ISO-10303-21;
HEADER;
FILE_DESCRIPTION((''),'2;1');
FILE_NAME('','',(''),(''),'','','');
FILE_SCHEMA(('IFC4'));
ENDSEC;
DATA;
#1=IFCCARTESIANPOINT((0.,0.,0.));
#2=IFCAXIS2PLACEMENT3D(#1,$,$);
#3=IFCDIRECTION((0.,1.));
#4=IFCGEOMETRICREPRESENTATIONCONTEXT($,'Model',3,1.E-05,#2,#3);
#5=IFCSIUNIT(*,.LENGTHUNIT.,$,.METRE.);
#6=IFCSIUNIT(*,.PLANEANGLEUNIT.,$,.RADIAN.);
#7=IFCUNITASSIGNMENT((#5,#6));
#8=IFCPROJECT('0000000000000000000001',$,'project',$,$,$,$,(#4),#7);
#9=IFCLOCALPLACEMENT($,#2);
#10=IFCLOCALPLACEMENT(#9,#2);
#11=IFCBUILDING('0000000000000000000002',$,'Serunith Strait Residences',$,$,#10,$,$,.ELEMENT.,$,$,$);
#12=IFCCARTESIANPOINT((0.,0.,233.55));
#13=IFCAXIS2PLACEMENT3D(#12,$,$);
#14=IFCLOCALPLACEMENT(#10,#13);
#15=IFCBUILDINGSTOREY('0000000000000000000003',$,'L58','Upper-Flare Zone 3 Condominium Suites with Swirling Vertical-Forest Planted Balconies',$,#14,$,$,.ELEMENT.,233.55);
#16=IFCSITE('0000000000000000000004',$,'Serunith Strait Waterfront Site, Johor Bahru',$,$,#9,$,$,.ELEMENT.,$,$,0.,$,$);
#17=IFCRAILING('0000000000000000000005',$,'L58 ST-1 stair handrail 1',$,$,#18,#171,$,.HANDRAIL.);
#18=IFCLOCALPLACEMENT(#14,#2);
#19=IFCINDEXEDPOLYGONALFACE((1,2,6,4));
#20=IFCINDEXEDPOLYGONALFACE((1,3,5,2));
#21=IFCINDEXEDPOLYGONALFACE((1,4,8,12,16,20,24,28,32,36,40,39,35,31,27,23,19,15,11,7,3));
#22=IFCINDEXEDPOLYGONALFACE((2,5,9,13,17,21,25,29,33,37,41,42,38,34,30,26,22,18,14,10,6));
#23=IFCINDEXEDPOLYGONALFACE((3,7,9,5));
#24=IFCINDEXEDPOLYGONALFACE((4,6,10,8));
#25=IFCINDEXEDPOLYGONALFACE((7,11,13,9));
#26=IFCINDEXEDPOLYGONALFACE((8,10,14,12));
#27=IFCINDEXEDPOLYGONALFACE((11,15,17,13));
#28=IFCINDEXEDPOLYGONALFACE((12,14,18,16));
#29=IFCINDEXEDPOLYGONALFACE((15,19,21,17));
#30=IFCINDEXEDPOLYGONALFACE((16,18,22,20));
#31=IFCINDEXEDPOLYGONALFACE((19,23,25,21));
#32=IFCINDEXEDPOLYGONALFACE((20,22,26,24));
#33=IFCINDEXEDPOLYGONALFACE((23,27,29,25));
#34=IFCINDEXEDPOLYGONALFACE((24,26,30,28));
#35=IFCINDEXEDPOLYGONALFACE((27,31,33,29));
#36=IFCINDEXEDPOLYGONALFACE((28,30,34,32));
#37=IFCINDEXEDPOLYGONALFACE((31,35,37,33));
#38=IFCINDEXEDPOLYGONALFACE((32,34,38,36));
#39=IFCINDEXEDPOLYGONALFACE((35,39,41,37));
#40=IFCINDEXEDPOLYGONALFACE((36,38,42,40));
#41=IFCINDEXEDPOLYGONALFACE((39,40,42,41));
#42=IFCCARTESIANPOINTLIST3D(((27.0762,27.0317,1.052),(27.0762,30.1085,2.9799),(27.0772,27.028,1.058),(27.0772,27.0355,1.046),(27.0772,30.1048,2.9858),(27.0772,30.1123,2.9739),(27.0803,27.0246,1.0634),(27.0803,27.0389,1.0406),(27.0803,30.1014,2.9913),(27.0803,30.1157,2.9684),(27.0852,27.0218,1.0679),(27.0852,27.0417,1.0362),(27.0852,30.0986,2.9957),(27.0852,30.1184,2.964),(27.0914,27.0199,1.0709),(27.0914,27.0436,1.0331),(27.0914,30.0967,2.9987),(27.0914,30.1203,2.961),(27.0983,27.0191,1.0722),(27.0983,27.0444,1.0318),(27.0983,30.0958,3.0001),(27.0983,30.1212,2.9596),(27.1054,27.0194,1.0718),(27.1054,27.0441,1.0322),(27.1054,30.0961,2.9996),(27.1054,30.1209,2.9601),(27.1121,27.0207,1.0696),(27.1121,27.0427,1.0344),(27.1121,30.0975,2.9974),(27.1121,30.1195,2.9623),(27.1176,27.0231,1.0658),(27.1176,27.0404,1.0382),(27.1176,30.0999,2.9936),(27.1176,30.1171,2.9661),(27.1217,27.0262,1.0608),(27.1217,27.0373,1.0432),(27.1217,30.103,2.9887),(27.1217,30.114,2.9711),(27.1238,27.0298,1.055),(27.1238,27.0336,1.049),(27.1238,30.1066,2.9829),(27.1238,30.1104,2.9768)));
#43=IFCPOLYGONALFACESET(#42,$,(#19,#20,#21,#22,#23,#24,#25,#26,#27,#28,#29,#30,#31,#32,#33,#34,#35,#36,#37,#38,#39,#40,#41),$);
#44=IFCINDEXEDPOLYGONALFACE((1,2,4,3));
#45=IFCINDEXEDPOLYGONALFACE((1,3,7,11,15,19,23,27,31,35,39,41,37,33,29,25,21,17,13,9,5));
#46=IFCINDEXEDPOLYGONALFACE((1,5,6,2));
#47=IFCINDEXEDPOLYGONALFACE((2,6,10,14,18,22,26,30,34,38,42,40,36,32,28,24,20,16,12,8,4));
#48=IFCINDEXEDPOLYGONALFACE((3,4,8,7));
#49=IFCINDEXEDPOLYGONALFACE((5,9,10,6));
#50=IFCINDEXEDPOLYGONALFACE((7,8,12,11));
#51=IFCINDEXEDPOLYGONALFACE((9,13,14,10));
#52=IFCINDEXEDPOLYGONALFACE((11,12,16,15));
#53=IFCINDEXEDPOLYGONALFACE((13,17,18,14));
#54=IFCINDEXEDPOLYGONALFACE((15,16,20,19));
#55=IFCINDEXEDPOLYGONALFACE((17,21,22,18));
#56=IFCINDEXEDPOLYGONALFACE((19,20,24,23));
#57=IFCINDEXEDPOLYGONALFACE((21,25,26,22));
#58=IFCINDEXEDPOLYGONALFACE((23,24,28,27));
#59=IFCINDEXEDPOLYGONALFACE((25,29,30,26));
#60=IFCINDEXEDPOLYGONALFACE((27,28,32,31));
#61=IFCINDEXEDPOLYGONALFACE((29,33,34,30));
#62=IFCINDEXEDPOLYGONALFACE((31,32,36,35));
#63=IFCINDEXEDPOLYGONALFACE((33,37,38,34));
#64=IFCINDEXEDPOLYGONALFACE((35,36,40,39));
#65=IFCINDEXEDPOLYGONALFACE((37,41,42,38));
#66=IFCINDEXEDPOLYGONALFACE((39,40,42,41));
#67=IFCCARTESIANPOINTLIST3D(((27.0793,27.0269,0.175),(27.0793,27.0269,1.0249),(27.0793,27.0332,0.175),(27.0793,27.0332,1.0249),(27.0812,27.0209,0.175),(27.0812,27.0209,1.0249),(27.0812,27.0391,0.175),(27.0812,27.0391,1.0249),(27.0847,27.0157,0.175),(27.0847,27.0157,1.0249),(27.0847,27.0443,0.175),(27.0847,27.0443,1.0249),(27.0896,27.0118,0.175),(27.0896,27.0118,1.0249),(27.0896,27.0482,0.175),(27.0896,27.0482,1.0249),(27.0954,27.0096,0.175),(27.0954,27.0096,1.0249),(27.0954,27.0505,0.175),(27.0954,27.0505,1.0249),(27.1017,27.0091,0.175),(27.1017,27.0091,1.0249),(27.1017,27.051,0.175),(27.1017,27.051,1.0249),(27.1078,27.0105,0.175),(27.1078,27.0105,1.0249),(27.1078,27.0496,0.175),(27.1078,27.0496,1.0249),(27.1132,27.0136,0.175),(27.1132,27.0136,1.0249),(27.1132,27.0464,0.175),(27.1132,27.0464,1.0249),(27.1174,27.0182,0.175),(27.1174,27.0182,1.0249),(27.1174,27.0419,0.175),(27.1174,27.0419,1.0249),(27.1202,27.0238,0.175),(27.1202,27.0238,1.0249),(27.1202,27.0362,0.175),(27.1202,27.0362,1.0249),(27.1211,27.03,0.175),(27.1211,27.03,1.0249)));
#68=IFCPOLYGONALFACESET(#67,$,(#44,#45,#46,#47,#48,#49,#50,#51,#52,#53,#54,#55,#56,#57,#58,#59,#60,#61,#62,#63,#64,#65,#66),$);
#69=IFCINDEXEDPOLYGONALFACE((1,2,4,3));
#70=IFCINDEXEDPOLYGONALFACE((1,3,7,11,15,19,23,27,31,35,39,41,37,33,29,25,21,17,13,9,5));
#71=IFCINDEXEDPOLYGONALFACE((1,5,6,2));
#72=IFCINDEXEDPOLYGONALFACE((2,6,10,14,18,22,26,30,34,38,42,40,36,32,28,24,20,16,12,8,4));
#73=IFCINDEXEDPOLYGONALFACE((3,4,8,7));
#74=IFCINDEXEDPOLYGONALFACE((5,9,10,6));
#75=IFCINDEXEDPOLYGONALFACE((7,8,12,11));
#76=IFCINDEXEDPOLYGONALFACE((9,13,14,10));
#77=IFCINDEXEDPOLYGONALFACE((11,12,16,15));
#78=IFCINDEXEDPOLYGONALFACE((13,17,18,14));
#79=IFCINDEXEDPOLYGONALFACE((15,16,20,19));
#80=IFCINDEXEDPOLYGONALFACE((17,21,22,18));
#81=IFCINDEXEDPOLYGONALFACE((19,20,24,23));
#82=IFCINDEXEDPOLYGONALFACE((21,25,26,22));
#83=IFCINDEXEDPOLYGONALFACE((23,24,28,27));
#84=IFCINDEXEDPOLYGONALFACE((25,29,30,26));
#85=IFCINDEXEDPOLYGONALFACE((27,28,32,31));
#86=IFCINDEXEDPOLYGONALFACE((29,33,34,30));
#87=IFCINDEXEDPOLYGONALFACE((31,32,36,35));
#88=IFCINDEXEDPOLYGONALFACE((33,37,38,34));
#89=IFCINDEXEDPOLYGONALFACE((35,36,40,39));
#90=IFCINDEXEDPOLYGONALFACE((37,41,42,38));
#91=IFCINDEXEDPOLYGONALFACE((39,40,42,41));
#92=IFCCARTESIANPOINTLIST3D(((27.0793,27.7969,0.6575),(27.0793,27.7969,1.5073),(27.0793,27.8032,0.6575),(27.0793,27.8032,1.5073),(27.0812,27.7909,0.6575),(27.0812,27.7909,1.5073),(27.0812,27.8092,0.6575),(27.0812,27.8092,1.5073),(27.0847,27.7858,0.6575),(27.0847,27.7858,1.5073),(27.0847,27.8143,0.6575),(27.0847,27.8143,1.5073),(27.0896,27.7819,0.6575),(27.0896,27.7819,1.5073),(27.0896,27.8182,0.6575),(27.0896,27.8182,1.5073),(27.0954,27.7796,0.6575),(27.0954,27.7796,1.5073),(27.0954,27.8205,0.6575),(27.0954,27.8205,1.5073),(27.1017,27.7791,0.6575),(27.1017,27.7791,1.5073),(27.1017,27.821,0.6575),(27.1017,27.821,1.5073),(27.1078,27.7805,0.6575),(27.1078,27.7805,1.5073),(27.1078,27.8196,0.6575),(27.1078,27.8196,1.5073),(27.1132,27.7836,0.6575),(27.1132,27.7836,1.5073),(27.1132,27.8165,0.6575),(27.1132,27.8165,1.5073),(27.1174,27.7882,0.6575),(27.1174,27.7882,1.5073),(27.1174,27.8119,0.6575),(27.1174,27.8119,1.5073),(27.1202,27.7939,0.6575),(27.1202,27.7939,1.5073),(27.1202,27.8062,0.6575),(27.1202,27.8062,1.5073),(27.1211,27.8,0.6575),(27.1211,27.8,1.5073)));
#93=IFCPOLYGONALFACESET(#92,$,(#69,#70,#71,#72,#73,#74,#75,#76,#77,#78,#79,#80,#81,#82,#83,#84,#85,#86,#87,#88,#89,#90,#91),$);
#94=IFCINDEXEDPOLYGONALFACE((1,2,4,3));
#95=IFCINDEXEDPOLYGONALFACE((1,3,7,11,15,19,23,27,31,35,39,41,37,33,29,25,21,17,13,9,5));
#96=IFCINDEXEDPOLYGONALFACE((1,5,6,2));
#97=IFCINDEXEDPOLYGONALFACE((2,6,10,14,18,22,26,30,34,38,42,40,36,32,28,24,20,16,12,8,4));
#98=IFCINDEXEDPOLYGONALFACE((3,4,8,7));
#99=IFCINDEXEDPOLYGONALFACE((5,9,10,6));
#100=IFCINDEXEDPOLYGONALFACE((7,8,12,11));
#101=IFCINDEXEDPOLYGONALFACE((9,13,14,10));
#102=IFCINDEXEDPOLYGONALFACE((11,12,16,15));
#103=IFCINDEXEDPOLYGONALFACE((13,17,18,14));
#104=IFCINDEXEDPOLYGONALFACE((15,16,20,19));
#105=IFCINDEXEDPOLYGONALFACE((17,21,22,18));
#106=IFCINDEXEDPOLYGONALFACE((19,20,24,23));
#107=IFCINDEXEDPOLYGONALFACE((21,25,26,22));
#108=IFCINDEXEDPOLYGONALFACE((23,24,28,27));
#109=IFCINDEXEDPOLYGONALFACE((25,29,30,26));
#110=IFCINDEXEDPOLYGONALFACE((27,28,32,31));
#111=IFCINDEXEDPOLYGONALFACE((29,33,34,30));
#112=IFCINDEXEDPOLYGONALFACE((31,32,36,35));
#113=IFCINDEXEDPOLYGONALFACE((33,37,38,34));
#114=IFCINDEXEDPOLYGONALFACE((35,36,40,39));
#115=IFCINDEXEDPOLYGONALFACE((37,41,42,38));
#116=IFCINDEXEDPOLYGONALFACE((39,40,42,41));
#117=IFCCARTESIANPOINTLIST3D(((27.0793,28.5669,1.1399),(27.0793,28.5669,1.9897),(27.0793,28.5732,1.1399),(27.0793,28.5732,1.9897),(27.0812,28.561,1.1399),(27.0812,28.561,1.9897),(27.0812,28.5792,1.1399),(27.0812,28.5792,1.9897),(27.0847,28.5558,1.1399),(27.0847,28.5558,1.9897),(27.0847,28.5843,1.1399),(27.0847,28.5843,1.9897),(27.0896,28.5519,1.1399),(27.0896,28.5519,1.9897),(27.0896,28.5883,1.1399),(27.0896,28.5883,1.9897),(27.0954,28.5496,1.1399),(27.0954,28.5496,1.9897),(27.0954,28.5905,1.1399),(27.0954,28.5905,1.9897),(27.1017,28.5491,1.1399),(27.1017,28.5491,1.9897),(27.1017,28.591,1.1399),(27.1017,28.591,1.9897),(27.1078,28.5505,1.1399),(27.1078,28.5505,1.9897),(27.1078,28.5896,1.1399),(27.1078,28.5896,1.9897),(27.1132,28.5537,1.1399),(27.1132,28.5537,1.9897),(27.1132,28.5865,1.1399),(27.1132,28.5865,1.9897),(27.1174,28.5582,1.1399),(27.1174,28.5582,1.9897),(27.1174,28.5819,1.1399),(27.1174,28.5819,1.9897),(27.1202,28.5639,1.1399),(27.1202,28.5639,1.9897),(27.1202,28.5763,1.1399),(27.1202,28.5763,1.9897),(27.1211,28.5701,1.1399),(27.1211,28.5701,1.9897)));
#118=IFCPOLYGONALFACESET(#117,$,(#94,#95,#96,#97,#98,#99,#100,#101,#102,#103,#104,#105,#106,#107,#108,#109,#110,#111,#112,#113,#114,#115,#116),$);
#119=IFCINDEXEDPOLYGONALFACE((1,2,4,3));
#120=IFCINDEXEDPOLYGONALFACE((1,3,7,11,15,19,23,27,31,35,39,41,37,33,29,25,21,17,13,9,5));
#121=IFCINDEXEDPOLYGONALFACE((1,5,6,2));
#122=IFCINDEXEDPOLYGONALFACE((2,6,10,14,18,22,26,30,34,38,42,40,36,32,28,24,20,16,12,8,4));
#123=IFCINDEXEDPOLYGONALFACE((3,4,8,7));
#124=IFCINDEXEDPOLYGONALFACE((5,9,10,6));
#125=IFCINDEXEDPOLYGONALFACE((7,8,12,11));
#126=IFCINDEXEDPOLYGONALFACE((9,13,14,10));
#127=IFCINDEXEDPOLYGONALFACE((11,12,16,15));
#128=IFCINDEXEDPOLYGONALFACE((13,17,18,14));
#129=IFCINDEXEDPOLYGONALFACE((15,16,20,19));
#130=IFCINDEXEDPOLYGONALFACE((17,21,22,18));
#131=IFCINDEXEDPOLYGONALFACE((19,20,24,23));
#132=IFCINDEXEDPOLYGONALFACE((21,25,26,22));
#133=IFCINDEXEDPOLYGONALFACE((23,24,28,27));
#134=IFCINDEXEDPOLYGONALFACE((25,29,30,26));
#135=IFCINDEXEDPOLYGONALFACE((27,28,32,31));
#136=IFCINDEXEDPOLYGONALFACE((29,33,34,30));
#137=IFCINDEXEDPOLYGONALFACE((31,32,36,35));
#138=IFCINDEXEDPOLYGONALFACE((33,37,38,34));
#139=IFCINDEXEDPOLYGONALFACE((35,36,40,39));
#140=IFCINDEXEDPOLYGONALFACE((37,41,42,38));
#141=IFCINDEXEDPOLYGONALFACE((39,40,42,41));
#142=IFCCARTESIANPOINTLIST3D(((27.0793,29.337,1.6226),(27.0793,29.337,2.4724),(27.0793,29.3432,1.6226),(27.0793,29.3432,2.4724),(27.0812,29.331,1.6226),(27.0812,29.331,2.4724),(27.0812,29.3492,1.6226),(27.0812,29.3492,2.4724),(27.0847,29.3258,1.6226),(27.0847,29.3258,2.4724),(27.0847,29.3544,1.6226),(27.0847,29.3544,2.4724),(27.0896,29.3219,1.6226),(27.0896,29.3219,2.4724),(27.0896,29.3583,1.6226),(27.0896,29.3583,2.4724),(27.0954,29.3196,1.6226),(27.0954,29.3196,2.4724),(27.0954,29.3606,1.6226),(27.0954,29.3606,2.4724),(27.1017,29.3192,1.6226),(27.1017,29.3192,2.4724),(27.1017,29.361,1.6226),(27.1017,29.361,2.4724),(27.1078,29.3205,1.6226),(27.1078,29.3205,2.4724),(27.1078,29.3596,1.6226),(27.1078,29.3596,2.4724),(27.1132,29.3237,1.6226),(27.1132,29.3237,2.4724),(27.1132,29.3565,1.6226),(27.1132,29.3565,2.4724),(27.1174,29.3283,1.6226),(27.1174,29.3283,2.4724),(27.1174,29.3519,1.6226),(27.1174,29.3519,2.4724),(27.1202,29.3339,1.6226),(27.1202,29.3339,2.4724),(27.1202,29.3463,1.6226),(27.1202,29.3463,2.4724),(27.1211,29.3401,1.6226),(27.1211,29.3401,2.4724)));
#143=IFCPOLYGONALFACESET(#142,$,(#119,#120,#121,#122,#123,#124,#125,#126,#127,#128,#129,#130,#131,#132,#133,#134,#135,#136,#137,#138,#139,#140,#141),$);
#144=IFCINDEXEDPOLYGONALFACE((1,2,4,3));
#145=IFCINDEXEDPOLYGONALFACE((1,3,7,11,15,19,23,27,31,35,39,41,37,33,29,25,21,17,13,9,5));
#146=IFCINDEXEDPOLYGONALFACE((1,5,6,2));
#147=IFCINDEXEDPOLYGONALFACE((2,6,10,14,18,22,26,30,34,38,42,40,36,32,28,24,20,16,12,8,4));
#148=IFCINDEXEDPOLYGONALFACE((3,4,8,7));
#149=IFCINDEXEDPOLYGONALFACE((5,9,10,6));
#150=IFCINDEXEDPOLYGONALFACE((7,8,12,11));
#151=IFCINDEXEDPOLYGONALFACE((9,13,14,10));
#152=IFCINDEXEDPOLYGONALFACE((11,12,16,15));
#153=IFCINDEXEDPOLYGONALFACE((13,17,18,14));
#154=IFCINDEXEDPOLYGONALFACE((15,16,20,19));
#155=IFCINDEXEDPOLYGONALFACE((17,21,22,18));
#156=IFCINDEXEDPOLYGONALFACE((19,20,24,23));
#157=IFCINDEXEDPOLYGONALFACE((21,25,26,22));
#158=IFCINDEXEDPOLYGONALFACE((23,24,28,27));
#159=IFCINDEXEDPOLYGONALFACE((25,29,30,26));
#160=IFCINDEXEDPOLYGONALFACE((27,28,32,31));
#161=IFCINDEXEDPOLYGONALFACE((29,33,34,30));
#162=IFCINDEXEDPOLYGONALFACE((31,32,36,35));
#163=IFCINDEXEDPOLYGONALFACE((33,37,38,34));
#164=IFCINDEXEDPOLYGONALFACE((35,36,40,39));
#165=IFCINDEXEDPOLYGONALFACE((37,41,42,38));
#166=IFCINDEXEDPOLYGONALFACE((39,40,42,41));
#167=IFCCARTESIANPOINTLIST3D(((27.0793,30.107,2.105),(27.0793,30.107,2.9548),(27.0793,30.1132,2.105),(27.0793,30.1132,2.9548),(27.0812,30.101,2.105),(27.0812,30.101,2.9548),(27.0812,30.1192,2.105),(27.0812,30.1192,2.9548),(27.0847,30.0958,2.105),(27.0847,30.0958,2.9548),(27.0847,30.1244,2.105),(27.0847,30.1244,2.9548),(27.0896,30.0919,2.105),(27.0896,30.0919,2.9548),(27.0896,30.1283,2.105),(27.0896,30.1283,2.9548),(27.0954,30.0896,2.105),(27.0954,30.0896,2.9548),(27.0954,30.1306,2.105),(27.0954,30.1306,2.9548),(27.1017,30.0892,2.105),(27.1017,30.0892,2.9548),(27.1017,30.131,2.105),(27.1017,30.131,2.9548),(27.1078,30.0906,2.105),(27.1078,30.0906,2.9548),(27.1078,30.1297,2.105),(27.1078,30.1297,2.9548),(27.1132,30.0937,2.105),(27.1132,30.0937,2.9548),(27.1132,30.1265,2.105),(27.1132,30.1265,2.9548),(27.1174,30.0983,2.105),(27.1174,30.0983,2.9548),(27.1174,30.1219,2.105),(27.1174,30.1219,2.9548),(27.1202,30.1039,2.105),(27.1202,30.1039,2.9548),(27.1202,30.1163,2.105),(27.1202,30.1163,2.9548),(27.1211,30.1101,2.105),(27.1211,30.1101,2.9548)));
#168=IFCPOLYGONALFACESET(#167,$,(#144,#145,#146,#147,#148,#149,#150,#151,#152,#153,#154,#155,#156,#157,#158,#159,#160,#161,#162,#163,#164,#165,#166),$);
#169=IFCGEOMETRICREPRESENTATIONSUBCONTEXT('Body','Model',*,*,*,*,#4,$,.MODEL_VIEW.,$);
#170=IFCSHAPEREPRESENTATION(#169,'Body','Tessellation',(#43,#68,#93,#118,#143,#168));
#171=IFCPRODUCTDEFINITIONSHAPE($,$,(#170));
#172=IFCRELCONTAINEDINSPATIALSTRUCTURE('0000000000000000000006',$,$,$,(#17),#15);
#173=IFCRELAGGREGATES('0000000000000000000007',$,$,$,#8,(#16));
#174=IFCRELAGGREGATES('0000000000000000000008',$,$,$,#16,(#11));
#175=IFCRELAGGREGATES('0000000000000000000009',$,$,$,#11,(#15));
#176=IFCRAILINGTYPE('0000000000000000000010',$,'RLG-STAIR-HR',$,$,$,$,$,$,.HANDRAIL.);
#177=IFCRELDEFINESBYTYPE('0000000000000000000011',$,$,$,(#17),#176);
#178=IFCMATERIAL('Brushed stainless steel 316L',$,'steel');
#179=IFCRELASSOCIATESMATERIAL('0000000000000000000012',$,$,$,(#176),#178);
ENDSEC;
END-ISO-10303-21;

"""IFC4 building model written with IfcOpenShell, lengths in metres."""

from ifc_helpers import new_model, si_unit, direction, frame, origin, origin_2d, place, context, subcontext, project, spatial, circle, extrude, material, type_object, element, save


model = new_model("IFC4")

# Units and contexts
model_context = context("Model", 3, precision=1e-05, world=origin(), true_north=direction((0.0, 1.0)))
body_context = subcontext(model_context, "Body", "Model", "MODEL_VIEW")
ifc_project = project(units=[si_unit("LENGTHUNIT", "METRE"), si_unit("PLANEANGLEUNIT", "RADIAN")], contexts=[model_context])

# Site, building, storey
site_placement = place(None, origin())
site = spatial("IfcSite", under=ifc_project, at=site_placement, Name="Serunith Strait Waterfront Site, Johor Bahru", CompositionType="ELEMENT", RefElevation=0.0)
building_placement = place(site_placement, origin())
building = spatial("IfcBuilding", under=site, at=building_placement, Name="Serunith Strait Residences", CompositionType="ELEMENT")
storey_placement = place(building_placement, frame((0.0, 0.0, 233.55)))
storey = spatial("IfcBuildingStorey", under=building, at=storey_placement, Name="L58", Description="Upper-Flare Zone 3 Condominium Suites with Swirling Vertical-Forest Planted Balconies", CompositionType="ELEMENT", Elevation=233.55)

# Railing
ifc_material_1 = material(Name="Brushed stainless steel 316L", Category="steel")
railing_type_1 = type_object("IfcRailingType", Name="RLG-STAIR-HR", PredefinedType="HANDRAIL", material=ifc_material_1)
railing_1_placement = place(storey_placement, frame((27.1001, 27.03, 0.175)))
element("IfcRailing", 1, at=railing_1_placement, inside=storey, type_object=railing_type_1, Name="L58 ST-1 stair handrail 1", PredefinedType="HANDRAIL", context=body_context, shape_type="SweptSolid", body=[
    extrude(circle(Radius=0.0239, at=origin_2d()), frame((0.0, 0.0017, 0.877), z_axis=(0.0, 0.847394, 0.530965), x_axis=(-1.0, 0.0, 0.0)), (0.0, 0.0, 1.0), 3.6309),
    extrude(circle(Radius=0.021, at=origin_2d()), origin(), (0.0, 0.0, 1.0), 0.8499),
    extrude(circle(Radius=0.021, at=origin_2d()), frame((0.0, 0.77, 0.4824)), (0.0, 0.0, 1.0), 0.8499),
    extrude(circle(Radius=0.021, at=origin_2d()), frame((0.0, 1.54, 0.9648)), (0.0, 0.0, 1.0), 0.8499),
    extrude(circle(Radius=0.021, at=origin_2d()), frame((0.0, 2.3101, 1.4475)), (0.0, 0.0, 1.0), 0.8499),
    extrude(circle(Radius=0.021, at=origin_2d()), frame((0.0, 3.0801, 1.9299)), (0.0, 0.0, 1.0), 0.8499),
])

save(model, "model.ifc")
